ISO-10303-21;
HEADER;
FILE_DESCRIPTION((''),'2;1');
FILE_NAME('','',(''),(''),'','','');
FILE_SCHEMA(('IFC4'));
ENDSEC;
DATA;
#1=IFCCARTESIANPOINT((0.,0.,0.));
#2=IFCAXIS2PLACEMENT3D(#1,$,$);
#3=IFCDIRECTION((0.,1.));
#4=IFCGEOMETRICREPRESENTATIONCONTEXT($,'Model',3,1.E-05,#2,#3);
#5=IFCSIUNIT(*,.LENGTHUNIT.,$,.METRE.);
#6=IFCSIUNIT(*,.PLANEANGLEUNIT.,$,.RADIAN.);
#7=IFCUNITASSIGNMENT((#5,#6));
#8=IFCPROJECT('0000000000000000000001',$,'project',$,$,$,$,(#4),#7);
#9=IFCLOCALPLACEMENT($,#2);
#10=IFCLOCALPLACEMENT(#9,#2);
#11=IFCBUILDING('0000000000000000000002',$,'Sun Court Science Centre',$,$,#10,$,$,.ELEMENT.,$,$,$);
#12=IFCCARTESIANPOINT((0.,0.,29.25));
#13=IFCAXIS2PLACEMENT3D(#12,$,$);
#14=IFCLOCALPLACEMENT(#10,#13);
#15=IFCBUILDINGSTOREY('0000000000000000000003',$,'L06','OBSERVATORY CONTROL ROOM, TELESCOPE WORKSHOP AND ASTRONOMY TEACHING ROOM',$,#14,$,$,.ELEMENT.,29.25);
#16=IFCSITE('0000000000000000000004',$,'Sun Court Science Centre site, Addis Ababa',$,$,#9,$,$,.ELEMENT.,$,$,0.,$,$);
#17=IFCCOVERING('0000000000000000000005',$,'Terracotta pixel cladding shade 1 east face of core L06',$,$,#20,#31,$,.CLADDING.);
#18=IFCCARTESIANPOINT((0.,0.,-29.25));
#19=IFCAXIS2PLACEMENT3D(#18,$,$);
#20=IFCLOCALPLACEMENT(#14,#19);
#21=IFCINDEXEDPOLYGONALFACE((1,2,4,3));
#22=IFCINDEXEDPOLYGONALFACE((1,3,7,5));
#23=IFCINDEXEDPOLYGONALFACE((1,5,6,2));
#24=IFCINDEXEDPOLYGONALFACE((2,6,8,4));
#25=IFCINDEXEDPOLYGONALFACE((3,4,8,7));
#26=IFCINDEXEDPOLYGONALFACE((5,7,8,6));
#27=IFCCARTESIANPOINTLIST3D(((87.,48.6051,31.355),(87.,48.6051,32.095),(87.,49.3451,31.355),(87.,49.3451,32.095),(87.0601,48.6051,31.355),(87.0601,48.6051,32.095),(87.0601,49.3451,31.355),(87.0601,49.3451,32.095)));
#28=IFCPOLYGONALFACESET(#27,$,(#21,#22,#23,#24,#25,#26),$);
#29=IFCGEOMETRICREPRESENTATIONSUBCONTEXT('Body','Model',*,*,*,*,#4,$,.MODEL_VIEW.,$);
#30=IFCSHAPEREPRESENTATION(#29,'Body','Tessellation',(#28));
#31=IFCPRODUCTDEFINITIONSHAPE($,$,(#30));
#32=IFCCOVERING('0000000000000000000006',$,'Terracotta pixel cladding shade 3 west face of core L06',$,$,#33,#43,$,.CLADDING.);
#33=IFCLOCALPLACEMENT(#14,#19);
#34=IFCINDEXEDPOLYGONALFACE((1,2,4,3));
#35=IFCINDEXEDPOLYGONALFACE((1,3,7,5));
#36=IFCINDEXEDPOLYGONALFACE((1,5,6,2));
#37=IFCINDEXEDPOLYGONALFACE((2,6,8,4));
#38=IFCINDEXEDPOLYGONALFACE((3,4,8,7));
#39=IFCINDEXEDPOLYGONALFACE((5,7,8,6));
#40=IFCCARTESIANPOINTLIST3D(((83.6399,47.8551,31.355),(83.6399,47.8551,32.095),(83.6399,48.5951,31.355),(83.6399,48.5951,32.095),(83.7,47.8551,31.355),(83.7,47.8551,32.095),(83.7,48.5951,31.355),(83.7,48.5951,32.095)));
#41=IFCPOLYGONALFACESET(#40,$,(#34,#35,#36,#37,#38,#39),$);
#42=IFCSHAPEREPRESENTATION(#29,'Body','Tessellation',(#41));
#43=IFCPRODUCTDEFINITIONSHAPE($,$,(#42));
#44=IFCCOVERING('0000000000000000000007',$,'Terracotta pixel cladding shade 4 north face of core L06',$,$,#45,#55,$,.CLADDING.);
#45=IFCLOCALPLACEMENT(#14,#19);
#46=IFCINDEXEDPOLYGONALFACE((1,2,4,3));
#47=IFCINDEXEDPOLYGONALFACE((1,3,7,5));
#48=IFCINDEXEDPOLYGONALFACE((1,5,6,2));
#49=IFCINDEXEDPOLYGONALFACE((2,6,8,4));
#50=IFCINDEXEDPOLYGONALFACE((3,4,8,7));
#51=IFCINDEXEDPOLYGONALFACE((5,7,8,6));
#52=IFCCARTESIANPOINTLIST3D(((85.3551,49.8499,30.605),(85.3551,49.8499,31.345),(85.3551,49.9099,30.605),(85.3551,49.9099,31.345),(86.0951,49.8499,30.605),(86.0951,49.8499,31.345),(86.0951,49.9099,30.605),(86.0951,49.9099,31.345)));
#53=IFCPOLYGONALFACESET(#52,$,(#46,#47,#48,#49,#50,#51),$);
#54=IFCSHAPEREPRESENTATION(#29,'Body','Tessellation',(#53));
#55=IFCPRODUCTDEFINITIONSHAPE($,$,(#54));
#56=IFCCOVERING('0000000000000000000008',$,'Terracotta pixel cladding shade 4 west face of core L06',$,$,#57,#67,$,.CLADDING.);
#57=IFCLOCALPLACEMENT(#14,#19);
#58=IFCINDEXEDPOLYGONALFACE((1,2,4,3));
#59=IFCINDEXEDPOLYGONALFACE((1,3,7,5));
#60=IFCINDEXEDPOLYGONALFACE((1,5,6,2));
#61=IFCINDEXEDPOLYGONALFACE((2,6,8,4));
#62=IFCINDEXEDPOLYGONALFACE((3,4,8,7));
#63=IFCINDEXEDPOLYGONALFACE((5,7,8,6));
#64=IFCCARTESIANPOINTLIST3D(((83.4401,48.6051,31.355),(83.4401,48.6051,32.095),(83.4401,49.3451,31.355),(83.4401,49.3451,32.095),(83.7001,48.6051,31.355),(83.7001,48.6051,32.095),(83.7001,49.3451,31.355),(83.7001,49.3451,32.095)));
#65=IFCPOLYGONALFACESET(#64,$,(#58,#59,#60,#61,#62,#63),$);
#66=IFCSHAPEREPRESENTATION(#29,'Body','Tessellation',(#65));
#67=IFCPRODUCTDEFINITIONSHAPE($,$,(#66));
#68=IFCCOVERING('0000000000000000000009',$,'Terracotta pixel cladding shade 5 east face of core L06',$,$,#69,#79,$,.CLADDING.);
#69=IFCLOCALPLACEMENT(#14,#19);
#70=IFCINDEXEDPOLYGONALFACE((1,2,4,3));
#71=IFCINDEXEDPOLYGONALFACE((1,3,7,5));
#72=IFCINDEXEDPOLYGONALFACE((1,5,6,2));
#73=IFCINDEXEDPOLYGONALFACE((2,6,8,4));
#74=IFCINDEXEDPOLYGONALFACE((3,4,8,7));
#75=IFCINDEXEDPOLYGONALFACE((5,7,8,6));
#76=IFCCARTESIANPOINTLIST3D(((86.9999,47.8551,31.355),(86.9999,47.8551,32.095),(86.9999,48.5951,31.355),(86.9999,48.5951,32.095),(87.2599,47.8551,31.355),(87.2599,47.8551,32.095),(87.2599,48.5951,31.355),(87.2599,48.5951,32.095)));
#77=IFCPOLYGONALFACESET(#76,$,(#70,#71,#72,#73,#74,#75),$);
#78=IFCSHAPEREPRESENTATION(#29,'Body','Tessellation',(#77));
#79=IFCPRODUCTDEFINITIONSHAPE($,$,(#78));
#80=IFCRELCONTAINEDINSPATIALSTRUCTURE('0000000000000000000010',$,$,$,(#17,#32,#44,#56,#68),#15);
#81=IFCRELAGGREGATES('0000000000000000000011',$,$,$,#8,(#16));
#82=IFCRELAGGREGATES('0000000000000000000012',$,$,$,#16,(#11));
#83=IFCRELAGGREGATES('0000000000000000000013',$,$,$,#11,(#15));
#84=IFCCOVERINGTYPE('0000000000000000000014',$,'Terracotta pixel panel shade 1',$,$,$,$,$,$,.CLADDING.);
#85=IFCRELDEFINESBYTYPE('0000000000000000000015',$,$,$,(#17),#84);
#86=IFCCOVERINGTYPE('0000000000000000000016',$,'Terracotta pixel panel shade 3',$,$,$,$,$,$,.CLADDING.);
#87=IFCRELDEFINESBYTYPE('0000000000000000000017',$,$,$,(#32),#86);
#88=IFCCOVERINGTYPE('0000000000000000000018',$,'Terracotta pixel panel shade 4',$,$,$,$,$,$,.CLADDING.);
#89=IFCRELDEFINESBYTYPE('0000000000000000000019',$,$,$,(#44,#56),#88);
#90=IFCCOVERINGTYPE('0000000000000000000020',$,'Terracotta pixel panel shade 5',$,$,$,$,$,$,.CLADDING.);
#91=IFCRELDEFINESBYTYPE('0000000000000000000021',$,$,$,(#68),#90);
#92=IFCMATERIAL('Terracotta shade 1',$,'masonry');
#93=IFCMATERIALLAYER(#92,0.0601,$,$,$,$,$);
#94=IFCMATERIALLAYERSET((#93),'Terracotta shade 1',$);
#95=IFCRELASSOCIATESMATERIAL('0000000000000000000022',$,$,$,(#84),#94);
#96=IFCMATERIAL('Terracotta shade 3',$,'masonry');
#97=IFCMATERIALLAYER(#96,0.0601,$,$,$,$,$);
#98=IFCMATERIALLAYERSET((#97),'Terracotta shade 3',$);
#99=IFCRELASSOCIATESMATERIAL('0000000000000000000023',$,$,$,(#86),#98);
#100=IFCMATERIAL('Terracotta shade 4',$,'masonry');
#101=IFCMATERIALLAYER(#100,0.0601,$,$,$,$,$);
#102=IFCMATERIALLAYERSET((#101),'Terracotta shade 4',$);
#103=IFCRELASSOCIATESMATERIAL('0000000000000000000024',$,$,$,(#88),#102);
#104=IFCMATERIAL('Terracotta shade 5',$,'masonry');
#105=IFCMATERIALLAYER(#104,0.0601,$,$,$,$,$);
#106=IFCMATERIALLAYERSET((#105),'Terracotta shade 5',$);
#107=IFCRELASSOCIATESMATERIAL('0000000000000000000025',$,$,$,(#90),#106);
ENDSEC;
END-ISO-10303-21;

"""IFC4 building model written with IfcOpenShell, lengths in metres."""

from ifc_helpers import new_model, si_unit, direction, frame, origin, origin_2d, place, context, subcontext, project, spatial, rectangle, extrude, material, layer, layer_set, type_object, element, save


model = new_model("IFC4")

# Units and contexts
model_context = context("Model", 3, precision=1e-05, world=origin(), true_north=direction((0.0, 1.0)))
body_context = subcontext(model_context, "Body", "Model", "MODEL_VIEW")
ifc_project = project(units=[si_unit("LENGTHUNIT", "METRE"), si_unit("PLANEANGLEUNIT", "RADIAN")], contexts=[model_context])

# Site, building, storey
site_placement = place(None, origin())
site = spatial("IfcSite", under=ifc_project, at=site_placement, Name="Sun Court Science Centre site, Addis Ababa", CompositionType="ELEMENT", RefElevation=0.0)
building_placement = place(site_placement, origin())
building = spatial("IfcBuilding", under=site, at=building_placement, Name="Sun Court Science Centre", CompositionType="ELEMENT")
storey_placement = place(building_placement, frame((0.0, 0.0, 29.25)))
storey = spatial("IfcBuildingStorey", under=building, at=storey_placement, Name="L06", Description="OBSERVATORY CONTROL ROOM, TELESCOPE WORKSHOP AND ASTRONOMY TEACHING ROOM", CompositionType="ELEMENT", Elevation=29.25)

# Coverings
ifc_material_1 = material(Name="Terracotta shade 1", Category="masonry")
ifc_layer_1 = layer(ifc_material_1, 0.0601)
ifc_layer_set_1 = layer_set([ifc_layer_1], Name="Terracotta shade 1")
covering_type_1 = type_object("IfcCoveringType", Name="Terracotta pixel panel shade 1", PredefinedType="CLADDING", material=ifc_layer_set_1)
covering_1_placement = place(storey_placement, frame((0.0, 0.0, -29.25)))
element("IfcCovering", 1, at=covering_1_placement, inside=storey, type_object=covering_type_1, Name="Terracotta pixel cladding shade 1 east face of core L06", PredefinedType="CLADDING", context=body_context, shape_type="SweptSolid", body=[
    extrude(rectangle(XDim=0.74, YDim=0.0601, at=origin_2d()), frame((87.03, 48.9751, 31.355), z_axis=(0.0, 0.0, 1.0), x_axis=(0.0, -1.0, 0.0)), (0.0, 0.0, 1.0), 0.74),
])
ifc_material_2 = material(Name="Terracotta shade 3", Category="masonry")
ifc_layer_2 = layer(ifc_material_2, 0.0601)
ifc_layer_set_2 = layer_set([ifc_layer_2], Name="Terracotta shade 3")
covering_type_2 = type_object("IfcCoveringType", Name="Terracotta pixel panel shade 3", PredefinedType="CLADDING", material=ifc_layer_set_2)
covering_2_placement = place(storey_placement, frame((0.0, 0.0, -29.25)))
element("IfcCovering", 2, at=covering_2_placement, inside=storey, type_object=covering_type_2, Name="Terracotta pixel cladding shade 3 west face of core L06", PredefinedType="CLADDING", context=body_context, shape_type="SweptSolid", body=[
    extrude(rectangle(XDim=0.74, YDim=0.0601, at=origin_2d()), frame((83.6699, 48.2251, 31.355), z_axis=(0.0, 0.0, 1.0), x_axis=(0.0, 1.0, 0.0)), (0.0, 0.0, 1.0), 0.74),
])
ifc_material_3 = material(Name="Terracotta shade 4", Category="masonry")
ifc_layer_3 = layer(ifc_material_3, 0.0601)
ifc_layer_set_3 = layer_set([ifc_layer_3], Name="Terracotta shade 4")
covering_type_3 = type_object("IfcCoveringType", Name="Terracotta pixel panel shade 4", PredefinedType="CLADDING", material=ifc_layer_set_3)
covering_3_placement = place(storey_placement, frame((0.0, 0.0, -29.25)))
element("IfcCovering", 3, at=covering_3_placement, inside=storey, type_object=covering_type_3, Name="Terracotta pixel cladding shade 4 north face of core L06", PredefinedType="CLADDING", context=body_context, shape_type="SweptSolid", body=[
    extrude(rectangle(XDim=0.74, YDim=0.0601, at=origin_2d()), frame((85.7251, 49.8799, 30.605), z_axis=(0.0, 0.0, 1.0), x_axis=(1.0, 0.0, 0.0)), (0.0, 0.0, 1.0), 0.74),
])
covering_4_placement = place(storey_placement, frame((0.0, 0.0, -29.25)))
element("IfcCovering", 4, at=covering_4_placement, inside=storey, type_object=covering_type_3, Name="Terracotta pixel cladding shade 4 west face of core L06", PredefinedType="CLADDING", context=body_context, shape_type="SweptSolid", body=[
    extrude(rectangle(XDim=0.74, YDim=0.26, at=origin_2d()), frame((83.5701, 48.9751, 31.355), z_axis=(0.0, 0.0, 1.0), x_axis=(0.0, 1.0, 0.0)), (0.0, 0.0, 1.0), 0.74),
])
ifc_material_4 = material(Name="Terracotta shade 5", Category="masonry")
ifc_layer_4 = layer(ifc_material_4, 0.0601)
ifc_layer_set_4 = layer_set([ifc_layer_4], Name="Terracotta shade 5")
covering_type_4 = type_object("IfcCoveringType", Name="Terracotta pixel panel shade 5", PredefinedType="CLADDING", material=ifc_layer_set_4)
covering_5_placement = place(storey_placement, frame((0.0, 0.0, -29.25)))
element("IfcCovering", 5, at=covering_5_placement, inside=storey, type_object=covering_type_4, Name="Terracotta pixel cladding shade 5 east face of core L06", PredefinedType="CLADDING", context=body_context, shape_type="SweptSolid", body=[
    extrude(rectangle(XDim=0.74, YDim=0.26, at=origin_2d()), frame((87.1299, 48.2251, 31.355), z_axis=(0.0, 0.0, 1.0), x_axis=(0.0, -1.0, 0.0)), (0.0, 0.0, 1.0), 0.74),
])

save(model, "model.ifc")
